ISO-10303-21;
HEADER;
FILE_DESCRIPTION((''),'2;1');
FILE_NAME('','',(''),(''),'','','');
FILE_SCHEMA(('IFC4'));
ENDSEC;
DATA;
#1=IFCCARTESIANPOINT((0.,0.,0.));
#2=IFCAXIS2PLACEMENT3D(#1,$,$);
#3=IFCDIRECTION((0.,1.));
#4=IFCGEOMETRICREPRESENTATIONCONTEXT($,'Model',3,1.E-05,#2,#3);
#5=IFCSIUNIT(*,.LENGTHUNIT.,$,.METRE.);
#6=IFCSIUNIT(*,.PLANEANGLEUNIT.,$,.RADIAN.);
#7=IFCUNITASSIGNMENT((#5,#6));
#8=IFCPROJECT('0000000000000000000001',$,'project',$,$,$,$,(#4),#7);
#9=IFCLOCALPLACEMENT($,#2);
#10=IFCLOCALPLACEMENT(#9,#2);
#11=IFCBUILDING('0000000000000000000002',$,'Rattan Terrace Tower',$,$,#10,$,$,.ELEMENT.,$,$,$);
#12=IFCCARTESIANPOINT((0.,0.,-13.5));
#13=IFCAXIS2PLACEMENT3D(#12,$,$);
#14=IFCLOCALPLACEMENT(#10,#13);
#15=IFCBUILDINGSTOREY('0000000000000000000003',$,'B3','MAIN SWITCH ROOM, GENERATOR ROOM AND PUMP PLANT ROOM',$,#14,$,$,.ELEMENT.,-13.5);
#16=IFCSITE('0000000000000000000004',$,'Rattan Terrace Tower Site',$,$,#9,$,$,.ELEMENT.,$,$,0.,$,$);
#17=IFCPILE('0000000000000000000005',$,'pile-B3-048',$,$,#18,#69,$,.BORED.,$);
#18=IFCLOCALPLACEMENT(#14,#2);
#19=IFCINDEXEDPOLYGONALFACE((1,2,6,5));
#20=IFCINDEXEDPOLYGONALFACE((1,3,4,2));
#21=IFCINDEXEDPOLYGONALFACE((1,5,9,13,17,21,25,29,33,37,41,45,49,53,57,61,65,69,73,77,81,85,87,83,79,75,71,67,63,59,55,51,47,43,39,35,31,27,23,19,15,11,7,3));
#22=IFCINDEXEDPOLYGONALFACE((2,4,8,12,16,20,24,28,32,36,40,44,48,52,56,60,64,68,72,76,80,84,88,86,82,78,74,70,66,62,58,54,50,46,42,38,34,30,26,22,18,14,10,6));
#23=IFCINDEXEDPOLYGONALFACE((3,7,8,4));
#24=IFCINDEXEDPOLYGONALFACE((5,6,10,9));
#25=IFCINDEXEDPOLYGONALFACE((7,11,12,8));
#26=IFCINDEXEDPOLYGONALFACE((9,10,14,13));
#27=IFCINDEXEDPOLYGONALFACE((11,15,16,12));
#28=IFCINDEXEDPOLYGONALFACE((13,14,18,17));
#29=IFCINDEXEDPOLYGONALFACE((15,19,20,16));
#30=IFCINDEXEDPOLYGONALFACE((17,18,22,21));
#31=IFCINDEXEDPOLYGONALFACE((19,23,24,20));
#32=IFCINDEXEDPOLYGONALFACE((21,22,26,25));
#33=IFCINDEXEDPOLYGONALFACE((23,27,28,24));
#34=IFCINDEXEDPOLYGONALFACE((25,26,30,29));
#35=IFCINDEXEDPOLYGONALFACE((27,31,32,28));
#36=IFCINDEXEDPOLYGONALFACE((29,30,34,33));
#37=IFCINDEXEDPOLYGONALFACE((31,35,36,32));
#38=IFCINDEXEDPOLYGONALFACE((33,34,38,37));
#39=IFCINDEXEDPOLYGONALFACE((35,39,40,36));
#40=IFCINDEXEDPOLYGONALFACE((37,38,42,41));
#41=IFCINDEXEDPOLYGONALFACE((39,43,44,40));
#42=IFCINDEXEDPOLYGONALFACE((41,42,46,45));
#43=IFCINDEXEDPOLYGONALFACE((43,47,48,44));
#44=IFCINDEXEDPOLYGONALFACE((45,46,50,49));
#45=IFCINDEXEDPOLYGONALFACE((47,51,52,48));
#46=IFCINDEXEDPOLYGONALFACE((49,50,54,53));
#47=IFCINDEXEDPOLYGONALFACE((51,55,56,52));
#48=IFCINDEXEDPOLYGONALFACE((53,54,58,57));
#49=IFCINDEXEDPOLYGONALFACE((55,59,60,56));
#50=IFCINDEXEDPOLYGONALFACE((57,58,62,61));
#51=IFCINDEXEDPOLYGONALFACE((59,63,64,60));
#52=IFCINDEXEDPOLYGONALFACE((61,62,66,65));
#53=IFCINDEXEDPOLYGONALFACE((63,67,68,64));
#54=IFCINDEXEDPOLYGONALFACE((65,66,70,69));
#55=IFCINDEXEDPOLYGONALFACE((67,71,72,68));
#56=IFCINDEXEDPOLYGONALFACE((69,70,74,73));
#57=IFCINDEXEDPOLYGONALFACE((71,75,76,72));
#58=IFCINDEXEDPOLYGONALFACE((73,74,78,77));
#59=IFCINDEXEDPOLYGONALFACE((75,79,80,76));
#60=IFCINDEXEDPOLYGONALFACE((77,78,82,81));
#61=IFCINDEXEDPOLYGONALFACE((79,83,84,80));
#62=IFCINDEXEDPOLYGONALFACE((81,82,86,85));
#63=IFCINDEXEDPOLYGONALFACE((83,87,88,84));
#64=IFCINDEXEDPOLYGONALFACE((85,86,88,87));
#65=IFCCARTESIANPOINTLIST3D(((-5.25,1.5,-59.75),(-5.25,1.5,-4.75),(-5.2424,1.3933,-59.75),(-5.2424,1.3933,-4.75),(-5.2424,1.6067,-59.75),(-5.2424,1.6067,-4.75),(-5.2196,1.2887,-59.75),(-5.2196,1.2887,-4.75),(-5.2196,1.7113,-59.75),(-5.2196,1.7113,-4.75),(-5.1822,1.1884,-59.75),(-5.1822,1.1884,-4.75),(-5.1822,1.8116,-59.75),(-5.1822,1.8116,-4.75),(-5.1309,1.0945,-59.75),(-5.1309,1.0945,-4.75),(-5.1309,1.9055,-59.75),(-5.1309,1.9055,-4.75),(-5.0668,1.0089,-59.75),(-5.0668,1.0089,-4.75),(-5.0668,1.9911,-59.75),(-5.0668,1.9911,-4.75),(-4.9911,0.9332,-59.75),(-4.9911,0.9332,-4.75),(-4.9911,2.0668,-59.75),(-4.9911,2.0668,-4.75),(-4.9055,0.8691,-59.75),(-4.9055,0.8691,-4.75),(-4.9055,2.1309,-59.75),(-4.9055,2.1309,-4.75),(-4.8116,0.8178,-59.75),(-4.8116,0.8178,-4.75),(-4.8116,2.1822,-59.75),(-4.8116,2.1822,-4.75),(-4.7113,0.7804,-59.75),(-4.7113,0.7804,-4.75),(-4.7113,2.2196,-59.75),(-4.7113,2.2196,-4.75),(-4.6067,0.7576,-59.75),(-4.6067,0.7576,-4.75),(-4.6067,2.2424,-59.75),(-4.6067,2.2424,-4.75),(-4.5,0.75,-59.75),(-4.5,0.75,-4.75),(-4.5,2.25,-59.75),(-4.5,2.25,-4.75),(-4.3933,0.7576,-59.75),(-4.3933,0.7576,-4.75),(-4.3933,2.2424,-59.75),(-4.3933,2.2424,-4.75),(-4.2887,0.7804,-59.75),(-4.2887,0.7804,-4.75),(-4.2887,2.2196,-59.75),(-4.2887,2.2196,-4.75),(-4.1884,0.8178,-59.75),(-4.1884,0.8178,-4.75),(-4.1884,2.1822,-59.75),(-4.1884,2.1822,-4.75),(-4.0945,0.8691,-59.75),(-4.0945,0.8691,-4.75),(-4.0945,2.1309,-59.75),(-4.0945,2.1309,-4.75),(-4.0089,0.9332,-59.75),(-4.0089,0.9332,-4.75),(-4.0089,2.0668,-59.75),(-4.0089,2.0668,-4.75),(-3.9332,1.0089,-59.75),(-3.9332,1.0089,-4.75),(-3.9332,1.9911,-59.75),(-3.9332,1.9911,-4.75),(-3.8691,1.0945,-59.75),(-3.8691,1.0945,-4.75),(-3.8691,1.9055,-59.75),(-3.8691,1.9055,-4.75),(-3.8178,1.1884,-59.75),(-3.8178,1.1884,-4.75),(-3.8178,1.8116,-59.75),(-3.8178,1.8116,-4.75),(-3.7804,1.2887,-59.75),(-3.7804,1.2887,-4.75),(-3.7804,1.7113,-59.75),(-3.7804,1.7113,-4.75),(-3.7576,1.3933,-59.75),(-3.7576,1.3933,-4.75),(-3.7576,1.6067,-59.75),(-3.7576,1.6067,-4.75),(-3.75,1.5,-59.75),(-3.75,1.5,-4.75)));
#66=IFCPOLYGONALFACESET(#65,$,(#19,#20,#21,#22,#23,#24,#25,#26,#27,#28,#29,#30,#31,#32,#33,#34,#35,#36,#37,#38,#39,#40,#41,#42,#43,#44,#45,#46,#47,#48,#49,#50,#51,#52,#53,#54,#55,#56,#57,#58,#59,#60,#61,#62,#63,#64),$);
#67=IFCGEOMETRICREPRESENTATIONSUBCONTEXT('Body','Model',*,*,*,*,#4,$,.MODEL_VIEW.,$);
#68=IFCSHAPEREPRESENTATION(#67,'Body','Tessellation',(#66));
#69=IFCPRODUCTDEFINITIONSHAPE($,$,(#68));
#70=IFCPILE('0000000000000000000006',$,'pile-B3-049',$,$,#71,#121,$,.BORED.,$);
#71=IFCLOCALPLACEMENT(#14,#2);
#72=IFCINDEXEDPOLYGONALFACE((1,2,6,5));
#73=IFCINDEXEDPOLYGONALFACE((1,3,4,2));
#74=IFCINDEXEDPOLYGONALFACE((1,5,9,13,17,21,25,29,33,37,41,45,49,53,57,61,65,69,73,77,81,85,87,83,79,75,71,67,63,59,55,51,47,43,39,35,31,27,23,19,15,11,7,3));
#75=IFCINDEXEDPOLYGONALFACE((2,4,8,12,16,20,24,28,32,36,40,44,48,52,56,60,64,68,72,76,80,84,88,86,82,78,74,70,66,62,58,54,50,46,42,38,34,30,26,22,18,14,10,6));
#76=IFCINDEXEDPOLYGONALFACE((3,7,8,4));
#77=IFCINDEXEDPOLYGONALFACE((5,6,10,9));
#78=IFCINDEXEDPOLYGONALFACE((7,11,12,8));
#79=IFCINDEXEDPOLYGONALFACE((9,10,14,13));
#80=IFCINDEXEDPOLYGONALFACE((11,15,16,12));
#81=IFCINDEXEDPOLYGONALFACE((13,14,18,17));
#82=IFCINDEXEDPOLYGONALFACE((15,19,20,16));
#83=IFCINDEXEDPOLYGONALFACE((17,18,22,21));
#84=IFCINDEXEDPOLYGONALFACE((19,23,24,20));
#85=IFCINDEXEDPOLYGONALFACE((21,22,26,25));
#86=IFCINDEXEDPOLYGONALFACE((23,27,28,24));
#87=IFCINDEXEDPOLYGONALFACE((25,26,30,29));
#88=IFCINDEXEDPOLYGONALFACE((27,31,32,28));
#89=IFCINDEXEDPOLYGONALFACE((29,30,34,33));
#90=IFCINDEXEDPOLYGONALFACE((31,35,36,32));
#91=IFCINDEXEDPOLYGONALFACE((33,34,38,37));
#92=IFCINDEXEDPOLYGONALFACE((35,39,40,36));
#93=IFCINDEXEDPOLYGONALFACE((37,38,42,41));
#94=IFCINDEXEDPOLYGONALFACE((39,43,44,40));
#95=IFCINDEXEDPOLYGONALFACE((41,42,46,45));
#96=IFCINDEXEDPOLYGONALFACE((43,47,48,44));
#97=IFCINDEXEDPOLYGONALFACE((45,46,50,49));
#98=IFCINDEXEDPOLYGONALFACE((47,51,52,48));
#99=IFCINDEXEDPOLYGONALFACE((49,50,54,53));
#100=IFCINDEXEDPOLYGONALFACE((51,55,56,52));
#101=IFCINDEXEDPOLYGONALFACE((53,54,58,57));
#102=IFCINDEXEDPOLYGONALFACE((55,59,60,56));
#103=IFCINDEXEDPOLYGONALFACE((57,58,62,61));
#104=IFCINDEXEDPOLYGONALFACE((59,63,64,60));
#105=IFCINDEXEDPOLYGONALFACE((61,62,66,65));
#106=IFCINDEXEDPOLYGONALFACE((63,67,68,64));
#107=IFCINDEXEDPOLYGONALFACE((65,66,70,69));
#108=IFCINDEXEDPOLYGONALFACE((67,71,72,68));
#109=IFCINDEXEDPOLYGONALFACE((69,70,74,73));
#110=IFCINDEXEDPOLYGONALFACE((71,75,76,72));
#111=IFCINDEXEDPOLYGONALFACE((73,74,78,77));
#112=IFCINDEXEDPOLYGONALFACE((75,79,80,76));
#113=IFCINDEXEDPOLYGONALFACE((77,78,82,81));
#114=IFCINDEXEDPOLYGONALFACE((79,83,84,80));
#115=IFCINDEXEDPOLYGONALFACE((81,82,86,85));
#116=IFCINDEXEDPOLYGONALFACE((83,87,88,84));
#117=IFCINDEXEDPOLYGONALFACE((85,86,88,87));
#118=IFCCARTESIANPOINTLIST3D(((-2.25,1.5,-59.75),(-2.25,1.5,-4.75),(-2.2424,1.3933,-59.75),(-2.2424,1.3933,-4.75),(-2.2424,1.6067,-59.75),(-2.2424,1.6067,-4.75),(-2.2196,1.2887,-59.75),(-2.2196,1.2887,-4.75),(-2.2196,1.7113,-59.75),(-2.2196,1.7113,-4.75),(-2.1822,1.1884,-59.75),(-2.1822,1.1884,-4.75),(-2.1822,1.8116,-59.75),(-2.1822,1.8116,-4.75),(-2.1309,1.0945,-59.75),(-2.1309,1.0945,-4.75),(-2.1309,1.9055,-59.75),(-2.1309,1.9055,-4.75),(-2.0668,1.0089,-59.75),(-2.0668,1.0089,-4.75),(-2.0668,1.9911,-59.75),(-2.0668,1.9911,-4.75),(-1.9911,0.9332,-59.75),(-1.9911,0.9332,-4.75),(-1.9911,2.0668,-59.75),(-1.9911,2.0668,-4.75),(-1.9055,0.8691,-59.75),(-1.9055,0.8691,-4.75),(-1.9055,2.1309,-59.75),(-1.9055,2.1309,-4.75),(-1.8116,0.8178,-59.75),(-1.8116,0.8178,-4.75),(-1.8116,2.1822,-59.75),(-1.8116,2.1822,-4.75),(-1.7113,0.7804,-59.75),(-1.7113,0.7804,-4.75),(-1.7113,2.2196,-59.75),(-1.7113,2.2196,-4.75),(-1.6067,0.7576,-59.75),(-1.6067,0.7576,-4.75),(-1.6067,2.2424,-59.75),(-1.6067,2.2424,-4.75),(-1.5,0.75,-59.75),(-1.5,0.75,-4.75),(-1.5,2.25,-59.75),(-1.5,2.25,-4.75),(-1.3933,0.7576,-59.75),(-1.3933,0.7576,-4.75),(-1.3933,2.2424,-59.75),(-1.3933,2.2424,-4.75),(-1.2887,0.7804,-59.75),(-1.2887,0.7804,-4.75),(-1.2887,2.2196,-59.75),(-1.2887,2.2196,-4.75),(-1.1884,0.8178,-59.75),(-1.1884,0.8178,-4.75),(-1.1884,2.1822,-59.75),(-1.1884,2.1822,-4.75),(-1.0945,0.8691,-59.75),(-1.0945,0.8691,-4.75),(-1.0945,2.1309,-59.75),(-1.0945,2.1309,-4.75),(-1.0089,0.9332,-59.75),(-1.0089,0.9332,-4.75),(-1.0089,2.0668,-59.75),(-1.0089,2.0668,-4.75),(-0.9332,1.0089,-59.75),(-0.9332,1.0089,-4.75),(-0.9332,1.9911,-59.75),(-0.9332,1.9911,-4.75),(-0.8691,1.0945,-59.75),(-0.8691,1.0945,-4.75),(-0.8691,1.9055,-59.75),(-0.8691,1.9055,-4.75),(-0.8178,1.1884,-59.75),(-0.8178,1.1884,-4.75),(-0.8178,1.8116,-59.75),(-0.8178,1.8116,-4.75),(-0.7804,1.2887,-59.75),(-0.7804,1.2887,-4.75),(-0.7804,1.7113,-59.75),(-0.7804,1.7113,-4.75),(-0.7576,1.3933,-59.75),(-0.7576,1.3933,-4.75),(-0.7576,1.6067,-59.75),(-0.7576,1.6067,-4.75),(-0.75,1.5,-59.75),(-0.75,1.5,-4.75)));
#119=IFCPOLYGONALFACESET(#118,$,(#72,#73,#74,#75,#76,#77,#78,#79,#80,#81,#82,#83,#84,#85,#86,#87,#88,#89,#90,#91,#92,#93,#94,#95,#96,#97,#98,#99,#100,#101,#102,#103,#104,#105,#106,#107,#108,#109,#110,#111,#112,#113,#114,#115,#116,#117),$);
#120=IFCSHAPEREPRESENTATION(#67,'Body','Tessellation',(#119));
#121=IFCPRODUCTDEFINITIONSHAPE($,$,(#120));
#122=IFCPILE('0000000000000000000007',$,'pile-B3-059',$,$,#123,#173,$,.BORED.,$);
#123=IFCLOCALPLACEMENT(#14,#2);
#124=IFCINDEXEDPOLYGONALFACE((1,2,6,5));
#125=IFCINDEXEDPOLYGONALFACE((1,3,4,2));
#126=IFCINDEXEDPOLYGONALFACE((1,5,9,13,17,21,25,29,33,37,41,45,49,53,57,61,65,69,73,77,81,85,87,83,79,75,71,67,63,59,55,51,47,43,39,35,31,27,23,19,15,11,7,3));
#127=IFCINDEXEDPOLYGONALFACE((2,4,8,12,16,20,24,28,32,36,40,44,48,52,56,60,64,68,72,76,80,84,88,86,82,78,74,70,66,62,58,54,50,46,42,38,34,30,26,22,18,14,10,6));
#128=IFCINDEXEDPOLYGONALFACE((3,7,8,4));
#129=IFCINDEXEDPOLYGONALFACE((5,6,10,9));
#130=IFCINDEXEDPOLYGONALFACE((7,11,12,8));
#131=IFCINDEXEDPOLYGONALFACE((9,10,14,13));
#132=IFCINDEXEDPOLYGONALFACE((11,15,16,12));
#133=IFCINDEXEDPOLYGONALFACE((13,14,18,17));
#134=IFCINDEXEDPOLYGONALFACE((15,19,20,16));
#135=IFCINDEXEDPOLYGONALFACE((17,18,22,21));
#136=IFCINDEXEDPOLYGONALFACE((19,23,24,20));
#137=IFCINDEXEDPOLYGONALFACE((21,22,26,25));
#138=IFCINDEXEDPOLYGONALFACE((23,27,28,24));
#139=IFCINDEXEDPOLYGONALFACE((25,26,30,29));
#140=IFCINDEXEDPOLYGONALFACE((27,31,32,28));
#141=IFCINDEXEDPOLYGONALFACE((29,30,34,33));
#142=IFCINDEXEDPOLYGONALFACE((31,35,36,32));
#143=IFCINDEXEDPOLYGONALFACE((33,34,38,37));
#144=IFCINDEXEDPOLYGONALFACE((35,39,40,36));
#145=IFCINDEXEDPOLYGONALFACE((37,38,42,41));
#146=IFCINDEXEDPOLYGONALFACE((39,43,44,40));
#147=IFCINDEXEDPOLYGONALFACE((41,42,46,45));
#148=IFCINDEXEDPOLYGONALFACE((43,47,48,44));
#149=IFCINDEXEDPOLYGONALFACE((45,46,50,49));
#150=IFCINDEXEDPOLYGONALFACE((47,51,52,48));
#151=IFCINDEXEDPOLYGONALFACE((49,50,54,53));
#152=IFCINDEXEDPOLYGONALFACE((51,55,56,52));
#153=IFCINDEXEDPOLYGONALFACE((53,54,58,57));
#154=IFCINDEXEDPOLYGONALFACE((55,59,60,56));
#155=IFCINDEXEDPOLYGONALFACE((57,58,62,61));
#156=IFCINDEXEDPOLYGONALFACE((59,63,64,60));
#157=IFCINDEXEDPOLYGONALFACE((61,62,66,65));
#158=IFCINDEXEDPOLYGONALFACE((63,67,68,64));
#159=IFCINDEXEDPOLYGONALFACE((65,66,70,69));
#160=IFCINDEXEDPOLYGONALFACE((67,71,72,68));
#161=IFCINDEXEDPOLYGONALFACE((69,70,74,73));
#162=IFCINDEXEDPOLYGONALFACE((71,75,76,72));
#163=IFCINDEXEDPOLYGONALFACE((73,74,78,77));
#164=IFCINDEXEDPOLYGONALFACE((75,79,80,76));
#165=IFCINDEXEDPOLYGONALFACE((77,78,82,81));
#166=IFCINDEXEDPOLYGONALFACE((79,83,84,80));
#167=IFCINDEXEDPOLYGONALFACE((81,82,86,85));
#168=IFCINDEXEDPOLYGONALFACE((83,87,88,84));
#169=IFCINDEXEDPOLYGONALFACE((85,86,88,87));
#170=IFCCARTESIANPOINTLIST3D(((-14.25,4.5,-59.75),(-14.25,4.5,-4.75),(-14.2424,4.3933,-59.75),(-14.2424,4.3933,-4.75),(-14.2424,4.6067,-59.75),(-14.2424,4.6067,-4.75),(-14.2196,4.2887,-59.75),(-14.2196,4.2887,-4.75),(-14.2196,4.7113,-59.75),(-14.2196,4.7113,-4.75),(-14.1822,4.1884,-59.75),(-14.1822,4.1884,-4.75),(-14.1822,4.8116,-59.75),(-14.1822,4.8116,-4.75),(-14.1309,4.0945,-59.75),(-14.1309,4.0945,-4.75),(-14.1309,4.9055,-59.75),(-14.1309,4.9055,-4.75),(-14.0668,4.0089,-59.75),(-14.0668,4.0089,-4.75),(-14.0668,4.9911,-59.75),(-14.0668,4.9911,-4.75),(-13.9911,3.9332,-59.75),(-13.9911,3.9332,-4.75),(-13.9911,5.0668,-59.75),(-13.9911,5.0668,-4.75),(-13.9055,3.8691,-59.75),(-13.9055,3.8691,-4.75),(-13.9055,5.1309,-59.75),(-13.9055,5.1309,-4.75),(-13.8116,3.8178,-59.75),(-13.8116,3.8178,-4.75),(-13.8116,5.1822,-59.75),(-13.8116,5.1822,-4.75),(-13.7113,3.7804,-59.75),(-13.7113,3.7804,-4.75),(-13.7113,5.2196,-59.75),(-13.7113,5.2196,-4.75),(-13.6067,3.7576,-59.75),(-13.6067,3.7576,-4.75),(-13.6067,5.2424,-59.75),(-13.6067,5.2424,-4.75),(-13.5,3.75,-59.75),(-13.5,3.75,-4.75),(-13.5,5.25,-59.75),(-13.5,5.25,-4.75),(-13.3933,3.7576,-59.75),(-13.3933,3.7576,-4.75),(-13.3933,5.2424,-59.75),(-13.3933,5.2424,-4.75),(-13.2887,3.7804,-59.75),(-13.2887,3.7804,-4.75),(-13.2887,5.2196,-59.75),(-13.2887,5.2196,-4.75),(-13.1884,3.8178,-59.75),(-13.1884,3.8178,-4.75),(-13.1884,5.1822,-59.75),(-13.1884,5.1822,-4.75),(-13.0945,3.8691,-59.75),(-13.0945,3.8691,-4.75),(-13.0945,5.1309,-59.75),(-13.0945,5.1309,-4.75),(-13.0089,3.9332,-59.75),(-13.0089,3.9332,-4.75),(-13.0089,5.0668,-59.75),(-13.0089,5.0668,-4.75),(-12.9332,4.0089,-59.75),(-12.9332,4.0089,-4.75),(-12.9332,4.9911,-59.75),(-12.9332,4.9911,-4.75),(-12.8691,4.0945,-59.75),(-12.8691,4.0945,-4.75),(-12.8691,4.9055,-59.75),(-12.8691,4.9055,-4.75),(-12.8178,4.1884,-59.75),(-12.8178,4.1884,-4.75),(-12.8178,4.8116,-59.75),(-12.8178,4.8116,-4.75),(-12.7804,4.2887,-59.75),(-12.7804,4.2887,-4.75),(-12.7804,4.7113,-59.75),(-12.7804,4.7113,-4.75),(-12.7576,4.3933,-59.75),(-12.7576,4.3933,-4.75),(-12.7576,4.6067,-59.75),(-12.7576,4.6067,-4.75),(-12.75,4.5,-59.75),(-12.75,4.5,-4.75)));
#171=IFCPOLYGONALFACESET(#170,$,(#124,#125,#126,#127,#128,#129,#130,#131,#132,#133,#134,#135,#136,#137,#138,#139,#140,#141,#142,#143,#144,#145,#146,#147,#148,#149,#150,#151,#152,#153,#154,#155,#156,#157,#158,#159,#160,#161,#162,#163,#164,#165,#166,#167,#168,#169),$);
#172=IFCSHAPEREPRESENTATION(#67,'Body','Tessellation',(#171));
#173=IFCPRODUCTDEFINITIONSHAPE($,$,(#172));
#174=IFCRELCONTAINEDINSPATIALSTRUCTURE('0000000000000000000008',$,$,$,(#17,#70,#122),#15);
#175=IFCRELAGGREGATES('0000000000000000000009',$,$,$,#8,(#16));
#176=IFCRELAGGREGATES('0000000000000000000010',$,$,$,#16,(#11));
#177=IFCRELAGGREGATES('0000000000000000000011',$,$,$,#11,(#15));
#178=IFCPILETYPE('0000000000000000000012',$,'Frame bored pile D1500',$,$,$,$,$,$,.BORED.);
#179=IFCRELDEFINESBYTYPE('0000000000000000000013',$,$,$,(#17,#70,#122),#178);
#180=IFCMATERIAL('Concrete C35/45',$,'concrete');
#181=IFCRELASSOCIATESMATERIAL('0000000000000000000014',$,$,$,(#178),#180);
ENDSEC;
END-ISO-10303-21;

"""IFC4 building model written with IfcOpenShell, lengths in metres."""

from ifc_helpers import new_model, si_unit, direction, frame, origin, origin_2d, place, context, subcontext, project, spatial, circle, extrude, material, material_profile, profile_set, type_object, element, save


model = new_model("IFC4")

# Units and contexts
model_context = context("Model", 3, precision=1e-05, world=origin(), true_north=direction((0.0, 1.0)))
body_context = subcontext(model_context, "Body", "Model", "MODEL_VIEW")
ifc_project = project(units=[si_unit("LENGTHUNIT", "METRE"), si_unit("PLANEANGLEUNIT", "RADIAN")], contexts=[model_context])

# Site, building, storey
site_placement = place(None, origin())
site = spatial("IfcSite", under=ifc_project, at=site_placement, Name="Rattan Terrace Tower Site", CompositionType="ELEMENT", RefElevation=0.0)
building_placement = place(site_placement, origin())
building = spatial("IfcBuilding", under=site, at=building_placement, Name="Rattan Terrace Tower", CompositionType="ELEMENT")
storey_placement = place(building_placement, frame((0.0, 0.0, -13.5)))
storey = spatial("IfcBuildingStorey", under=building, at=storey_placement, Name="B3", Description="MAIN SWITCH ROOM, GENERATOR ROOM AND PUMP PLANT ROOM", CompositionType="ELEMENT", Elevation=-13.5)

# Piles
ifc_material_1 = material(Name="Concrete C35/45", Category="concrete")
ifc_material_profile_1 = material_profile(ifc_material_1, circle(Radius=0.75, at=origin_2d()), Name="PILE D1500")
ifc_profile_set_1 = profile_set([ifc_material_profile_1], Name="Concrete C35/45")
pile_type = type_object("IfcPileType", Name="Frame bored pile D1500", PredefinedType="BORED", material=ifc_profile_set_1)
for number, where, z_axis, x_axis, name in (
    (1, (-4.5, 1.5, -4.75), (0.0, 0.0, -1.0), (1.0, 0.0, 0.0), "pile-B3-048"),
    (2, (-1.5, 1.5, -4.75), (0.0, 0.0, -1.0), (1.0, 0.0, 0.0), "pile-B3-049"),
    (3, (-13.5, 4.5, -4.75), (0.0, 0.0, -1.0), (1.0, 0.0, 0.0), "pile-B3-059"),
):
    element("IfcPile", number, at=place(storey_placement, frame(where, z_axis=z_axis, x_axis=x_axis)), inside=storey, type_object=pile_type, Name=name, PredefinedType="BORED", context=body_context, shape_type="SweptSolid", body=[
        extrude(circle(Radius=0.75, at=origin_2d()), origin(), (0.0, 0.0, 1.0), 55.0),
    ])

save(model, "model.ifc")
